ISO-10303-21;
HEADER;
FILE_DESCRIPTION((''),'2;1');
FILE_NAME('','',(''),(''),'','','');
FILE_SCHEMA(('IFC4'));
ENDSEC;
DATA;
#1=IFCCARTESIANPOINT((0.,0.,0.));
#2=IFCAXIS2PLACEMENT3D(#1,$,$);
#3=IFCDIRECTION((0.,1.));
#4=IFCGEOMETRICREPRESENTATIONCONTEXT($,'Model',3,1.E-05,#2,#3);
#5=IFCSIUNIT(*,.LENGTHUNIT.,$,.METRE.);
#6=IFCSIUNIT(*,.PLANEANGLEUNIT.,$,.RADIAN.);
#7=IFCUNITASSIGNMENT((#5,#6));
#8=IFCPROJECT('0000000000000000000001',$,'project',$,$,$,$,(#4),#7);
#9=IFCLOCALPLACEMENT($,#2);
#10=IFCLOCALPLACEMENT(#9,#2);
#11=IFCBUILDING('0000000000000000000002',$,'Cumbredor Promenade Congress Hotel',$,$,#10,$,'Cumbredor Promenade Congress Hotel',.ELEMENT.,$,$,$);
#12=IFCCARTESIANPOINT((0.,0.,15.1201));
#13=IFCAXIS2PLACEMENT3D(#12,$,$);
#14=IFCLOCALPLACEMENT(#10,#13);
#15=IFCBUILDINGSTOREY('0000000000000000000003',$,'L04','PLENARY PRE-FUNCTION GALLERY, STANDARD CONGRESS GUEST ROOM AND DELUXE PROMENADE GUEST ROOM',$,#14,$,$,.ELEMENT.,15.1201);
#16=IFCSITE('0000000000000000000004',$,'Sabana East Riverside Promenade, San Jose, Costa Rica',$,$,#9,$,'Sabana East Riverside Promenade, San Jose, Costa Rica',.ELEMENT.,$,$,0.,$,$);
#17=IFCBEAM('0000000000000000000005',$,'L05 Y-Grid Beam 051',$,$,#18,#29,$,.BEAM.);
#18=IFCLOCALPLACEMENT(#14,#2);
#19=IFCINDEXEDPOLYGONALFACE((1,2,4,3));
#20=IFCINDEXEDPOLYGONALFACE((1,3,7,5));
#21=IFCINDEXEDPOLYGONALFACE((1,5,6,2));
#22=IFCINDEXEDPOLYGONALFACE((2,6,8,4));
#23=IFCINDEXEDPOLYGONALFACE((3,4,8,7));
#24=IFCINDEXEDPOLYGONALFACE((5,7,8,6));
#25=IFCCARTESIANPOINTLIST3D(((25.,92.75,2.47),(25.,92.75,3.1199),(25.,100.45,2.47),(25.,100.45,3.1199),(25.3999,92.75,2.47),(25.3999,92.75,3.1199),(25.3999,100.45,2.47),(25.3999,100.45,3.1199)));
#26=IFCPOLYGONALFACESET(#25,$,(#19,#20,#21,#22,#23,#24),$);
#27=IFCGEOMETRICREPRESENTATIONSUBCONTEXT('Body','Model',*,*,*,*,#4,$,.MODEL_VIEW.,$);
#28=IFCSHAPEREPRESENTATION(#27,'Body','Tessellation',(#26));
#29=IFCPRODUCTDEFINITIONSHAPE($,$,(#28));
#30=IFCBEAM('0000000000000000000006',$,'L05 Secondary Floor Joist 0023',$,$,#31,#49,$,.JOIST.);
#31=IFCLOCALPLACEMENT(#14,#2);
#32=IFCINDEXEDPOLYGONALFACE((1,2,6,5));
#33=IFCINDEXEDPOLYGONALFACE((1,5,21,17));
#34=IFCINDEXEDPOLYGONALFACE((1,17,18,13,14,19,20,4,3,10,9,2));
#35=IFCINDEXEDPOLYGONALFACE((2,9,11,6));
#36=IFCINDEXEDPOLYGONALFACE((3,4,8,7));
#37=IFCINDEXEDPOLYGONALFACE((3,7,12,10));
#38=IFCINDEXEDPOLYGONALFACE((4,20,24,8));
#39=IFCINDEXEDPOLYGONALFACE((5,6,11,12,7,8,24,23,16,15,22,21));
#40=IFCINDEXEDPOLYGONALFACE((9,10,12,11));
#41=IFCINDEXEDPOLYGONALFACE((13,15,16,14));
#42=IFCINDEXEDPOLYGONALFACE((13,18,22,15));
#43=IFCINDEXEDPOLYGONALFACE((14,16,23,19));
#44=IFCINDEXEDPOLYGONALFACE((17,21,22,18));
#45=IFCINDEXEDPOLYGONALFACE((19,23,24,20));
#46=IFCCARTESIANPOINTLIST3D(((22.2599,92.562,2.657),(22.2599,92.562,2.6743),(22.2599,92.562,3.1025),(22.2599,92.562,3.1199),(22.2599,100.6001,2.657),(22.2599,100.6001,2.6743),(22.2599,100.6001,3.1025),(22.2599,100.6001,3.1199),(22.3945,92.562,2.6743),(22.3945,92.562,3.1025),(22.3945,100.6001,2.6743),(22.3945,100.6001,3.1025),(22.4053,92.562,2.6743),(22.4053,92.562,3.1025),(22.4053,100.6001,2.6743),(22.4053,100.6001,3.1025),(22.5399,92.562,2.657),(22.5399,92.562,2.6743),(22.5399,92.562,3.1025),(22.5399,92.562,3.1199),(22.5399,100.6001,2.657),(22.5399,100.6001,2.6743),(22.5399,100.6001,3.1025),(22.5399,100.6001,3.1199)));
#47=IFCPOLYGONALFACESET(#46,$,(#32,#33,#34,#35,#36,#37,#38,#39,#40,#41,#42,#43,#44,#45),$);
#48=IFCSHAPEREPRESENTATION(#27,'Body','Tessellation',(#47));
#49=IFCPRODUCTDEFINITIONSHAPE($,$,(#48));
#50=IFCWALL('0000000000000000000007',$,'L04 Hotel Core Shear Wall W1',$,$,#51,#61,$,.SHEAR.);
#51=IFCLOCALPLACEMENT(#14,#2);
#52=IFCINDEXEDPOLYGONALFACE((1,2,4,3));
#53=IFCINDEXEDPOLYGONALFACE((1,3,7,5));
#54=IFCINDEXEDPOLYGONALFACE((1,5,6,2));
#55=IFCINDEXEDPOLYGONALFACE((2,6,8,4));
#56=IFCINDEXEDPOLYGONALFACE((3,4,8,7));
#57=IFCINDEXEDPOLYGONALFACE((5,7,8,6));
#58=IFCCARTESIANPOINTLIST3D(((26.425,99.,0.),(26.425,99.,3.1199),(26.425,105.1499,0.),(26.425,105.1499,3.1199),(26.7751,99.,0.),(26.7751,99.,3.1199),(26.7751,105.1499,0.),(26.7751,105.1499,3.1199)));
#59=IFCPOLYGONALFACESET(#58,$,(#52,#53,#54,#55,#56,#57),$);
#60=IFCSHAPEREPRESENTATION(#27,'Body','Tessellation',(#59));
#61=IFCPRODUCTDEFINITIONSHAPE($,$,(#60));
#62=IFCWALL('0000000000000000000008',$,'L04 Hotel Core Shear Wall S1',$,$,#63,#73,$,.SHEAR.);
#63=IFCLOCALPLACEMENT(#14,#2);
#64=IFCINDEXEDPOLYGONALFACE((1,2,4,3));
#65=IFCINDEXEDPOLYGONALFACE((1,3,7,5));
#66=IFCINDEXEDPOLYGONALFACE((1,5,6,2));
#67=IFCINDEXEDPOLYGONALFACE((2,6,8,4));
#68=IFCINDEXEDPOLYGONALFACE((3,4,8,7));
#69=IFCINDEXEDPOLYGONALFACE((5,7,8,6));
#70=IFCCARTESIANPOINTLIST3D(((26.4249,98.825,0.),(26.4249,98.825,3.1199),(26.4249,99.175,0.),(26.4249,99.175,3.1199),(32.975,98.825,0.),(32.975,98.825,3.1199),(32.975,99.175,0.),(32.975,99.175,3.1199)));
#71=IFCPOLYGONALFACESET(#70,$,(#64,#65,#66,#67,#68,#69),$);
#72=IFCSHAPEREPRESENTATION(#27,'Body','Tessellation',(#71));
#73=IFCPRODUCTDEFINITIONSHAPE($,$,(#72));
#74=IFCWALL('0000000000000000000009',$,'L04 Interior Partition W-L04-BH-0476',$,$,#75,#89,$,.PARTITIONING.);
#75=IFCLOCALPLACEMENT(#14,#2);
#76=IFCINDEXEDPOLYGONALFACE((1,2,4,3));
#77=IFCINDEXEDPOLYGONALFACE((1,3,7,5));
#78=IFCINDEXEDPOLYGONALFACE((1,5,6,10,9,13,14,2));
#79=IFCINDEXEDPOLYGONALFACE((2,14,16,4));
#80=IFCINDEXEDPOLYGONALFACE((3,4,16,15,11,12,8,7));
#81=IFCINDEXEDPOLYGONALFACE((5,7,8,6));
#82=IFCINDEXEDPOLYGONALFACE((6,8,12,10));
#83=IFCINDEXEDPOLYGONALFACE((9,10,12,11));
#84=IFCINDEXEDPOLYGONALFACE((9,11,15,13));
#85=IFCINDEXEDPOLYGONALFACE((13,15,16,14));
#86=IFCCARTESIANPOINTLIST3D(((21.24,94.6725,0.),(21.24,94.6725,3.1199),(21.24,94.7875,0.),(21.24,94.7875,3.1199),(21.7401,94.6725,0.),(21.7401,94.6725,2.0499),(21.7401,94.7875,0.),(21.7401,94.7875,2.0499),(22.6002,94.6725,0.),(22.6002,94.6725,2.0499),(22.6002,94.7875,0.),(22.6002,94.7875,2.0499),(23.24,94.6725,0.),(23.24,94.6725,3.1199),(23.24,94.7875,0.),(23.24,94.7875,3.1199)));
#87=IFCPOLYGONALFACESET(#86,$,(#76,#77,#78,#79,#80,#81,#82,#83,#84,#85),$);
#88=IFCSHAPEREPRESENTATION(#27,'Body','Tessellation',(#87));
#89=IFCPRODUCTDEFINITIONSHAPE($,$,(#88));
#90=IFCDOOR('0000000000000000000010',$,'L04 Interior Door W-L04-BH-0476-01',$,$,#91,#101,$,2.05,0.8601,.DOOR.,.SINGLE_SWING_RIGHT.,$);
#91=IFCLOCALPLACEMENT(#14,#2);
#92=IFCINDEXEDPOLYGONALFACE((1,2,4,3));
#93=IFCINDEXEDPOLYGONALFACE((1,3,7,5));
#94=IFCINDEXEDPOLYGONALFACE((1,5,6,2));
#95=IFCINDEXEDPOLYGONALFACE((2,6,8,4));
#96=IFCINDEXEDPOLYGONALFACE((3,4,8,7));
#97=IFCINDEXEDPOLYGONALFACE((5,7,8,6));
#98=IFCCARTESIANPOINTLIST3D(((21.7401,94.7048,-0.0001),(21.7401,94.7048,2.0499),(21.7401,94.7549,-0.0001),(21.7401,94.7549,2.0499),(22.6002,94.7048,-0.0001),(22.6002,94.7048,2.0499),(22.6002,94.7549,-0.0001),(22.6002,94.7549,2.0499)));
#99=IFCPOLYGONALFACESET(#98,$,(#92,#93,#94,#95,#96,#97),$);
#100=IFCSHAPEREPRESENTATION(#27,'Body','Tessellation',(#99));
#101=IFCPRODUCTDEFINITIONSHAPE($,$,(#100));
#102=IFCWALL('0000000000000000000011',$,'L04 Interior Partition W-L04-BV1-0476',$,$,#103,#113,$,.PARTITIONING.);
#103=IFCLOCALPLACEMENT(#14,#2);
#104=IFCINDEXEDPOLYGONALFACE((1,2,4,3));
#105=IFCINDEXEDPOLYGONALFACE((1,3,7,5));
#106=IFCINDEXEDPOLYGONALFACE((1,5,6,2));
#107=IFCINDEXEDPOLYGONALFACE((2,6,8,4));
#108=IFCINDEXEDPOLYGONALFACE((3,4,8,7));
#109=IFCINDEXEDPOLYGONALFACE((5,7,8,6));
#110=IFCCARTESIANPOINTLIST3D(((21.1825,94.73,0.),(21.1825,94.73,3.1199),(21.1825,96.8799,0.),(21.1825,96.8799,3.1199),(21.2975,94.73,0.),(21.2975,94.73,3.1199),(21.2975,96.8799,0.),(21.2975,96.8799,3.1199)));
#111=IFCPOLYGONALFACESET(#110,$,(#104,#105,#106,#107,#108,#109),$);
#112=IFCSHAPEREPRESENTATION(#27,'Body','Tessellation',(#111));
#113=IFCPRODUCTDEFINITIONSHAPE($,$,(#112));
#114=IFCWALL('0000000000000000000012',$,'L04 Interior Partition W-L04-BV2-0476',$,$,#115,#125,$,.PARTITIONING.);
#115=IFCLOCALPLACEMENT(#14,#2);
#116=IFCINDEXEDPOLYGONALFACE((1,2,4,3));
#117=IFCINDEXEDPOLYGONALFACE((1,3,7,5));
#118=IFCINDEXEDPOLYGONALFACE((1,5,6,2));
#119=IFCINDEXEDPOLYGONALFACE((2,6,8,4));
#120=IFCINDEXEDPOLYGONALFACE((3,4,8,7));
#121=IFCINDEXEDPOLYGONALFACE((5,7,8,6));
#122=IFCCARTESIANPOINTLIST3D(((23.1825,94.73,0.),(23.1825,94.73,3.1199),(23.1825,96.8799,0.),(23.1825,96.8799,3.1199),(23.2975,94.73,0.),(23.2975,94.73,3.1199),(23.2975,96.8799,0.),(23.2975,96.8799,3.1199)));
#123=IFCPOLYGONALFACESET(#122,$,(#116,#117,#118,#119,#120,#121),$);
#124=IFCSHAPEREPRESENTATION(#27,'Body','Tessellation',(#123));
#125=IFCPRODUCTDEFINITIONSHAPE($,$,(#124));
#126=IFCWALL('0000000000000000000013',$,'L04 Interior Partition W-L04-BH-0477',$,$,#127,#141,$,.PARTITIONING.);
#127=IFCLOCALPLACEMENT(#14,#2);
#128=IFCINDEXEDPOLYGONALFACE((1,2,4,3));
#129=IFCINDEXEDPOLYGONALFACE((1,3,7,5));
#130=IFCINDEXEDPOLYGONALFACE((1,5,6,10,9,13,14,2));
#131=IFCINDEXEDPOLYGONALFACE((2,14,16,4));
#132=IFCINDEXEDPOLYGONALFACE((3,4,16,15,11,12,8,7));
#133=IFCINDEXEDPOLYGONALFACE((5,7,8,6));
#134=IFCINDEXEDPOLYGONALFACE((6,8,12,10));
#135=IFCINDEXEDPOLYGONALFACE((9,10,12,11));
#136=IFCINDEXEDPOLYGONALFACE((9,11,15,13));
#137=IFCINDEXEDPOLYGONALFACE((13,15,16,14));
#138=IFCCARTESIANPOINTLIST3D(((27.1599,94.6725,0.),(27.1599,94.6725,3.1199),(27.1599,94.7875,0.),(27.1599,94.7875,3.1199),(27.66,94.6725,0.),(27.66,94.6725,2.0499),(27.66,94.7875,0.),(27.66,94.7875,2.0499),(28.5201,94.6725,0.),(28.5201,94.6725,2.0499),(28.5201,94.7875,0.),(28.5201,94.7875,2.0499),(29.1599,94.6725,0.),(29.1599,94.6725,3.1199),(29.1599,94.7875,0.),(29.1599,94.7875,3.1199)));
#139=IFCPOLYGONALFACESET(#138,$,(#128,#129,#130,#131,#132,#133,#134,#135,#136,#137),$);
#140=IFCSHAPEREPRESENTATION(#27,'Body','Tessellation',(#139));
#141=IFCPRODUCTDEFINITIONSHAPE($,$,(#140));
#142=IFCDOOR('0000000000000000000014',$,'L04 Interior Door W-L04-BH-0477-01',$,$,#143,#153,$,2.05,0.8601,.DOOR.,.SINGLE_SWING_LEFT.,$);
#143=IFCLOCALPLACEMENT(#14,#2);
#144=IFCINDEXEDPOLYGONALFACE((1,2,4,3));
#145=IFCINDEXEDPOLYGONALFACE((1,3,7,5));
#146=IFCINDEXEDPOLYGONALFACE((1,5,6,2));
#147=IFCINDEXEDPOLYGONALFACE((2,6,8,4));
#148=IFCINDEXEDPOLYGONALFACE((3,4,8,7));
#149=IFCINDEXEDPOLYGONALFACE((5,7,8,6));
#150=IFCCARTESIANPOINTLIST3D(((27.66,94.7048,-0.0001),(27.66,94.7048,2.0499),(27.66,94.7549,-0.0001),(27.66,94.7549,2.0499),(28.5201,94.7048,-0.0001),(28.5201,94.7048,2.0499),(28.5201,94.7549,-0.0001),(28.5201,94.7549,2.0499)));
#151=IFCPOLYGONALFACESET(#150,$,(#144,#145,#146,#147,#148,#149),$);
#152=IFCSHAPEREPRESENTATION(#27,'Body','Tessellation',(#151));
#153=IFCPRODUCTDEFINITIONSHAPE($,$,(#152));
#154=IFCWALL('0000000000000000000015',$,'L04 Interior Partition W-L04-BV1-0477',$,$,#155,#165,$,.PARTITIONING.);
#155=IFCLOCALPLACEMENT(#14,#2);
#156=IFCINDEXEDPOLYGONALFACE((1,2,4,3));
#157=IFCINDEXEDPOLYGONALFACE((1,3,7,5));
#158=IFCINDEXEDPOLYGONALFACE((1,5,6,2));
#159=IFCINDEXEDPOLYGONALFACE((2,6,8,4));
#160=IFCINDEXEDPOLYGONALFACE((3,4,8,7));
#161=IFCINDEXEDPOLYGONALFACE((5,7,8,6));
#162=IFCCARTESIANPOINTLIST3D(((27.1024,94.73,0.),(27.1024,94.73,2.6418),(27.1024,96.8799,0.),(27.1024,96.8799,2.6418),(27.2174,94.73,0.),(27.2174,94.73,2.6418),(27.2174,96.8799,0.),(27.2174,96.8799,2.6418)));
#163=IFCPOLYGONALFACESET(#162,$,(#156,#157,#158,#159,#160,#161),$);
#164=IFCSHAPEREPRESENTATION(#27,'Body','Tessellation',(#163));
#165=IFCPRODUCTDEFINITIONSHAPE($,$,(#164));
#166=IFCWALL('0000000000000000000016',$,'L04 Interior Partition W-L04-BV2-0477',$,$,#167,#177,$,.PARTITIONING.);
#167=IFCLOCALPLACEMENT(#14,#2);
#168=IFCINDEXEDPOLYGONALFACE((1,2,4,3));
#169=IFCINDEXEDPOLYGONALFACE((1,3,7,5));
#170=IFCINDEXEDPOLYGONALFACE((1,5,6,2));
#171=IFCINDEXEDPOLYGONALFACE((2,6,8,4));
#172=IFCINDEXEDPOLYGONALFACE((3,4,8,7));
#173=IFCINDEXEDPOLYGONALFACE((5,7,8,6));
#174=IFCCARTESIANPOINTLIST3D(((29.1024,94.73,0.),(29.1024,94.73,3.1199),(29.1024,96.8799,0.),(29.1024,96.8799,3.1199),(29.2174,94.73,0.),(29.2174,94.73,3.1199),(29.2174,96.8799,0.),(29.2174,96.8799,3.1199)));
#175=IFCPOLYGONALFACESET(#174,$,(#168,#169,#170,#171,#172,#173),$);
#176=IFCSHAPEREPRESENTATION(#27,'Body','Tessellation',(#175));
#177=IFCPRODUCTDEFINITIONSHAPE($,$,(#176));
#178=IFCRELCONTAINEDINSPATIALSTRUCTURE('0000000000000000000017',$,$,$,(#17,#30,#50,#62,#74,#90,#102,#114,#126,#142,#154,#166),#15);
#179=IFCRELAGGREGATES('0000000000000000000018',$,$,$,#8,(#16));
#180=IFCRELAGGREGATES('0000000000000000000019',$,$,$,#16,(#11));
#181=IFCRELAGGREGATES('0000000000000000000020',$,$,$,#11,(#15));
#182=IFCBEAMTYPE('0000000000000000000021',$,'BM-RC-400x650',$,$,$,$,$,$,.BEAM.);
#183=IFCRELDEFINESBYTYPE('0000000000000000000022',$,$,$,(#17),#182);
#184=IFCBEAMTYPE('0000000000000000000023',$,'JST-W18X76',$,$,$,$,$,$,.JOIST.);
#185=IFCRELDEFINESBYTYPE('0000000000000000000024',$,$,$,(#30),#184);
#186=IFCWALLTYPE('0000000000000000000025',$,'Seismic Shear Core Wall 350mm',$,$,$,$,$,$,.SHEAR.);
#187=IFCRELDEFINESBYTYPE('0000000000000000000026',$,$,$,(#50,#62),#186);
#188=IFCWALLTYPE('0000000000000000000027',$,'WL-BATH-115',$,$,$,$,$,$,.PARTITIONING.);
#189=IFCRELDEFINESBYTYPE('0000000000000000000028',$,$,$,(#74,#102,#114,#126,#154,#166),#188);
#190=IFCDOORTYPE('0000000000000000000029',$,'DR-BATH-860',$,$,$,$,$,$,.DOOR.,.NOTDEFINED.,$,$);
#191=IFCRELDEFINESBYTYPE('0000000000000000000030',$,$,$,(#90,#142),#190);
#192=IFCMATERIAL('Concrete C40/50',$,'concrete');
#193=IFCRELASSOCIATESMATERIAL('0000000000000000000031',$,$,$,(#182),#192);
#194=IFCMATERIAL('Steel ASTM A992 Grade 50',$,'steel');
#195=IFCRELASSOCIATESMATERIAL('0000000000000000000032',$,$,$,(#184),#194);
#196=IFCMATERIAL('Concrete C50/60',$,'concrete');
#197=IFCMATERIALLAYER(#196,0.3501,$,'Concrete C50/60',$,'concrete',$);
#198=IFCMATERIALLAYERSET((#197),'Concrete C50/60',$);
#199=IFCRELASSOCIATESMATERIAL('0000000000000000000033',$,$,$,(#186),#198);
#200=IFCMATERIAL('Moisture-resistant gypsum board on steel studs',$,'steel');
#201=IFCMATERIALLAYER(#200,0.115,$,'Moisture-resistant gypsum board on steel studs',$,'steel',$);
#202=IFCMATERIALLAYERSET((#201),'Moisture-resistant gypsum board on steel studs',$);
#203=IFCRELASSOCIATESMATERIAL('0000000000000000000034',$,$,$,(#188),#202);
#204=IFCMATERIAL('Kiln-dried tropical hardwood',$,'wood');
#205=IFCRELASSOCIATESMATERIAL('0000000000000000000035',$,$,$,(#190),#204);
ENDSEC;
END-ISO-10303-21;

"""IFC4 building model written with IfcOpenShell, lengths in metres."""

from ifc_helpers import new_model, si_unit, direction, frame, frame_2d, origin, origin_2d, place, context, subcontext, project, spatial, rectangle, i_section, extrude, material, layer, layer_set, material_profile, profile_set, type_object, element, fill, save


model = new_model("IFC4")

# Units and contexts
model_context = context("Model", 3, precision=1e-05, world=origin(), true_north=direction((0.0, 1.0)))
body_context = subcontext(model_context, "Body", "Model", "MODEL_VIEW")
ifc_project = project(units=[si_unit("LENGTHUNIT", "METRE"), si_unit("PLANEANGLEUNIT", "RADIAN")], contexts=[model_context])

# Site, building, storey
site_placement = place(None, origin())
site = spatial("IfcSite", under=ifc_project, at=site_placement, Name="Sabana East Riverside Promenade, San Jose, Costa Rica", LongName="Sabana East Riverside Promenade, San Jose, Costa Rica", CompositionType="ELEMENT", RefElevation=0.0)
building_placement = place(site_placement, origin())
building = spatial("IfcBuilding", under=site, at=building_placement, Name="Cumbredor Promenade Congress Hotel", LongName="Cumbredor Promenade Congress Hotel", CompositionType="ELEMENT")
storey_placement = place(building_placement, frame((0.0, 0.0, 15.1201)))
storey = spatial("IfcBuildingStorey", under=building, at=storey_placement, Name="L04", Description="PLENARY PRE-FUNCTION GALLERY, STANDARD CONGRESS GUEST ROOM AND DELUXE PROMENADE GUEST ROOM", CompositionType="ELEMENT", Elevation=15.1201)

# Beams
ifc_material_1 = material(Name="Concrete C40/50", Category="concrete")
ifc_material_profile_1 = material_profile(ifc_material_1, rectangle(XDim=0.3999, YDim=0.6499, at=origin_2d()), Name="RC BEAM 400x650")
ifc_profile_set_1 = profile_set([ifc_material_profile_1], Name="Concrete C40/50")
beam_type_1 = type_object("IfcBeamType", Name="BM-RC-400x650", PredefinedType="BEAM", material=ifc_profile_set_1)
beam_1_placement = place(storey_placement, frame((25.2, 92.75, 2.7949), z_axis=(0.0, 1.0, 0.0), x_axis=(-1.0, 0.0, 0.0)))
element("IfcBeam", 1, at=beam_1_placement, inside=storey, type_object=beam_type_1, Name="L05 Y-Grid Beam 051", PredefinedType="BEAM", context=body_context, shape_type="SweptSolid", body=[
    extrude(rectangle(XDim=0.3999, YDim=0.6499, at=origin_2d()), origin(), (0.0, 0.0, 1.0), 7.7),
])
ifc_material_2 = material(Name="Steel ASTM A992 Grade 50", Category="steel")
ifc_material_profile_2 = material_profile(ifc_material_2, i_section(OverallWidth=0.28, OverallDepth=0.4629, WebThickness=0.0107, FlangeThickness=0.0173, at=origin_2d()), Name="W18X76")
ifc_profile_set_2 = profile_set([ifc_material_profile_2], Name="Steel ASTM A992 Grade 50")
beam_type_2 = type_object("IfcBeamType", Name="JST-W18X76", PredefinedType="JOIST", material=ifc_profile_set_2)
beam_2_placement = place(storey_placement, frame((22.3999, 92.562, 2.8884), z_axis=(0.0, 1.0, 0.0), x_axis=(-1.0, 0.0, 0.0)))
element("IfcBeam", 2, at=beam_2_placement, inside=storey, type_object=beam_type_2, Name="L05 Secondary Floor Joist 0023", PredefinedType="JOIST", context=body_context, shape_type="SweptSolid", body=[
    extrude(i_section(OverallWidth=0.28, OverallDepth=0.4629, WebThickness=0.0107, FlangeThickness=0.0173, at=origin_2d()), origin(), (0.0, 0.0, 1.0), 8.0381),
])

# Walls
ifc_material_3 = material(Name="Concrete C50/60", Category="concrete")
ifc_layer_1 = layer(ifc_material_3, 0.3501, Name="Concrete C50/60", Category="concrete")
ifc_layer_set_1 = layer_set([ifc_layer_1], Name="Concrete C50/60")
wall_type_1 = type_object("IfcWallType", Name="Seismic Shear Core Wall 350mm", PredefinedType="SHEAR", material=ifc_layer_set_1)
wall_1_placement = place(storey_placement, frame((26.6001, 99.0, 0.0), z_axis=(0.0, 0.0, 1.0), x_axis=(0.0, 1.0, 0.0)))
element("IfcWall", 3, at=wall_1_placement, inside=storey, type_object=wall_type_1, Name="L04 Hotel Core Shear Wall W1", PredefinedType="SHEAR", context=body_context, shape_type="SweptSolid", body=[
    extrude(rectangle(XDim=6.1499, YDim=0.3501, at=frame_2d((3.075, 0.0))), origin(), (0.0, 0.0, 1.0), 3.1199),
])
wall_2_placement = place(storey_placement, frame((26.425, 99.0, 0.0), z_axis=(0.0, 0.0, 1.0), x_axis=(1.0, 0.0, 0.0)))
element("IfcWall", 4, at=wall_2_placement, inside=storey, type_object=wall_type_1, Name="L04 Hotel Core Shear Wall S1", PredefinedType="SHEAR", context=body_context, shape_type="SweptSolid", body=[
    extrude(rectangle(XDim=6.55, YDim=0.3501, at=frame_2d((3.2749, 0.0))), origin(), (0.0, 0.0, 1.0), 3.1199),
])

# Wall, opening, door
ifc_material_4 = material(Name="Moisture-resistant gypsum board on steel studs", Category="steel")
ifc_layer_2 = layer(ifc_material_4, 0.115, Name="Moisture-resistant gypsum board on steel studs", Category="steel")
ifc_layer_set_2 = layer_set([ifc_layer_2], Name="Moisture-resistant gypsum board on steel studs")
wall_type_2 = type_object("IfcWallType", Name="WL-BATH-115", PredefinedType="PARTITIONING", material=ifc_layer_set_2)
wall_3_placement = place(storey_placement, frame((21.24, 94.73, 0.0), z_axis=(0.0, 0.0, 1.0), x_axis=(1.0, 0.0, 0.0)))
wall_3 = element("IfcWall", 5, at=wall_3_placement, inside=storey, type_object=wall_type_2, Name="L04 Interior Partition W-L04-BH-0476", PredefinedType="PARTITIONING", context=body_context, shape_type="SweptSolid", body=[
    extrude(rectangle(XDim=2.0, YDim=0.115, at=frame_2d((1.0, 0.0))), origin(), (0.0, 0.0, 1.0), 3.1199),
])
opening_1_placement = place(wall_3_placement, frame((0.5, 0.0, 0.0)))
opening_1 = element("IfcOpeningElement", 6, at=opening_1_placement, cuts=wall_3, PredefinedType="OPENING", context=body_context, shape_type="SweptSolid", body=[
    extrude(rectangle(XDim=0.8601, YDim=2.05, at=frame_2d((0.4302, 1.0249))), frame((0.0, 0.0674, 0.0), z_axis=(0.0, -1.0, 0.0), x_axis=(1.0, 0.0, 0.0)), (0.0, 0.0, 1.0), 0.135),
])
ifc_material_5 = material(Name="Kiln-dried tropical hardwood", Category="wood")
door_type = type_object("IfcDoorType", Name="DR-BATH-860", OperationType="NOTDEFINED", PredefinedType="DOOR", material=ifc_material_5)
door_1_placement = place(opening_1_placement, origin())
door_1 = element("IfcDoor", 7, at=door_1_placement, inside=storey, type_object=door_type, Name="L04 Interior Door W-L04-BH-0476-01", OperationType="SINGLE_SWING_RIGHT", OverallHeight=2.05, OverallWidth=0.8601, PredefinedType="DOOR", context=body_context, shape_type="SweptSolid", body=[
    extrude(rectangle(XDim=0.8601, YDim=2.05, at=frame_2d((0.4302, 1.0249))), frame((0.0, 0.0249, 0.0), z_axis=(0.0, -1.0, 0.0), x_axis=(1.0, 0.0, 0.0)), (0.0, 0.0, 1.0), 0.05),
])
fill(opening_1, door_1)

# Walls
for number, where, z_axis, x_axis, name in (
    (8, (21.24, 94.73, 0.0), (0.0, 0.0, 1.0), (0.0, 1.0, 0.0), "L04 Interior Partition W-L04-BV1-0476"),
    (9, (23.24, 94.73, 0.0), (0.0, 0.0, 1.0), (0.0, 1.0, 0.0), "L04 Interior Partition W-L04-BV2-0476"),
):
    element("IfcWall", number, at=place(storey_placement, frame(where, z_axis=z_axis, x_axis=x_axis)), inside=storey, type_object=wall_type_2, Name=name, PredefinedType="PARTITIONING", context=body_context, shape_type="SweptSolid", body=[
        extrude(rectangle(XDim=2.1499, YDim=0.115, at=frame_2d((1.075, 0.0))), origin(), (0.0, 0.0, 1.0), 3.1199),
    ])

# Wall, opening, door
wall_4_placement = place(storey_placement, frame((27.1599, 94.73, 0.0), z_axis=(0.0, 0.0, 1.0), x_axis=(1.0, 0.0, 0.0)))
wall_4 = element("IfcWall", 10, at=wall_4_placement, inside=storey, type_object=wall_type_2, Name="L04 Interior Partition W-L04-BH-0477", PredefinedType="PARTITIONING", context=body_context, shape_type="SweptSolid", body=[
    extrude(rectangle(XDim=2.0, YDim=0.115, at=frame_2d((1.0, 0.0))), origin(), (0.0, 0.0, 1.0), 3.1199),
])
opening_2_placement = place(wall_4_placement, frame((0.5, 0.0, 0.0)))
opening_2 = element("IfcOpeningElement", 11, at=opening_2_placement, cuts=wall_4, PredefinedType="OPENING", context=body_context, shape_type="SweptSolid", body=[
    extrude(rectangle(XDim=0.8601, YDim=2.05, at=frame_2d((0.4302, 1.0249))), frame((0.0, 0.0674, 0.0), z_axis=(0.0, -1.0, 0.0), x_axis=(1.0, 0.0, 0.0)), (0.0, 0.0, 1.0), 0.135),
])
door_2_placement = place(opening_2_placement, origin())
door_2 = element("IfcDoor", 12, at=door_2_placement, inside=storey, type_object=door_type, Name="L04 Interior Door W-L04-BH-0477-01", OperationType="SINGLE_SWING_LEFT", OverallHeight=2.05, OverallWidth=0.8601, PredefinedType="DOOR", context=body_context, shape_type="SweptSolid", body=[
    extrude(rectangle(XDim=0.8601, YDim=2.05, at=frame_2d((0.4302, 1.0249))), frame((0.0, 0.0249, 0.0), z_axis=(0.0, -1.0, 0.0), x_axis=(1.0, 0.0, 0.0)), (0.0, 0.0, 1.0), 0.05),
])
fill(opening_2, door_2)

# Walls
wall_5_placement = place(storey_placement, frame((27.1599, 94.73, 0.0), z_axis=(0.0, 0.0, 1.0), x_axis=(0.0, 1.0, 0.0)))
element("IfcWall", 13, at=wall_5_placement, inside=storey, type_object=wall_type_2, Name="L04 Interior Partition W-L04-BV1-0477", PredefinedType="PARTITIONING", context=body_context, shape_type="SweptSolid", body=[
    extrude(rectangle(XDim=2.1499, YDim=0.115, at=frame_2d((1.075, 0.0))), origin(), (0.0, 0.0, 1.0), 2.6418),
])
wall_6_placement = place(storey_placement, frame((29.1599, 94.73, 0.0), z_axis=(0.0, 0.0, 1.0), x_axis=(0.0, 1.0, 0.0)))
element("IfcWall", 14, at=wall_6_placement, inside=storey, type_object=wall_type_2, Name="L04 Interior Partition W-L04-BV2-0477", PredefinedType="PARTITIONING", context=body_context, shape_type="SweptSolid", body=[
    extrude(rectangle(XDim=2.1499, YDim=0.115, at=frame_2d((1.075, 0.0))), origin(), (0.0, 0.0, 1.0), 3.1199),
])

save(model, "model.ifc")
